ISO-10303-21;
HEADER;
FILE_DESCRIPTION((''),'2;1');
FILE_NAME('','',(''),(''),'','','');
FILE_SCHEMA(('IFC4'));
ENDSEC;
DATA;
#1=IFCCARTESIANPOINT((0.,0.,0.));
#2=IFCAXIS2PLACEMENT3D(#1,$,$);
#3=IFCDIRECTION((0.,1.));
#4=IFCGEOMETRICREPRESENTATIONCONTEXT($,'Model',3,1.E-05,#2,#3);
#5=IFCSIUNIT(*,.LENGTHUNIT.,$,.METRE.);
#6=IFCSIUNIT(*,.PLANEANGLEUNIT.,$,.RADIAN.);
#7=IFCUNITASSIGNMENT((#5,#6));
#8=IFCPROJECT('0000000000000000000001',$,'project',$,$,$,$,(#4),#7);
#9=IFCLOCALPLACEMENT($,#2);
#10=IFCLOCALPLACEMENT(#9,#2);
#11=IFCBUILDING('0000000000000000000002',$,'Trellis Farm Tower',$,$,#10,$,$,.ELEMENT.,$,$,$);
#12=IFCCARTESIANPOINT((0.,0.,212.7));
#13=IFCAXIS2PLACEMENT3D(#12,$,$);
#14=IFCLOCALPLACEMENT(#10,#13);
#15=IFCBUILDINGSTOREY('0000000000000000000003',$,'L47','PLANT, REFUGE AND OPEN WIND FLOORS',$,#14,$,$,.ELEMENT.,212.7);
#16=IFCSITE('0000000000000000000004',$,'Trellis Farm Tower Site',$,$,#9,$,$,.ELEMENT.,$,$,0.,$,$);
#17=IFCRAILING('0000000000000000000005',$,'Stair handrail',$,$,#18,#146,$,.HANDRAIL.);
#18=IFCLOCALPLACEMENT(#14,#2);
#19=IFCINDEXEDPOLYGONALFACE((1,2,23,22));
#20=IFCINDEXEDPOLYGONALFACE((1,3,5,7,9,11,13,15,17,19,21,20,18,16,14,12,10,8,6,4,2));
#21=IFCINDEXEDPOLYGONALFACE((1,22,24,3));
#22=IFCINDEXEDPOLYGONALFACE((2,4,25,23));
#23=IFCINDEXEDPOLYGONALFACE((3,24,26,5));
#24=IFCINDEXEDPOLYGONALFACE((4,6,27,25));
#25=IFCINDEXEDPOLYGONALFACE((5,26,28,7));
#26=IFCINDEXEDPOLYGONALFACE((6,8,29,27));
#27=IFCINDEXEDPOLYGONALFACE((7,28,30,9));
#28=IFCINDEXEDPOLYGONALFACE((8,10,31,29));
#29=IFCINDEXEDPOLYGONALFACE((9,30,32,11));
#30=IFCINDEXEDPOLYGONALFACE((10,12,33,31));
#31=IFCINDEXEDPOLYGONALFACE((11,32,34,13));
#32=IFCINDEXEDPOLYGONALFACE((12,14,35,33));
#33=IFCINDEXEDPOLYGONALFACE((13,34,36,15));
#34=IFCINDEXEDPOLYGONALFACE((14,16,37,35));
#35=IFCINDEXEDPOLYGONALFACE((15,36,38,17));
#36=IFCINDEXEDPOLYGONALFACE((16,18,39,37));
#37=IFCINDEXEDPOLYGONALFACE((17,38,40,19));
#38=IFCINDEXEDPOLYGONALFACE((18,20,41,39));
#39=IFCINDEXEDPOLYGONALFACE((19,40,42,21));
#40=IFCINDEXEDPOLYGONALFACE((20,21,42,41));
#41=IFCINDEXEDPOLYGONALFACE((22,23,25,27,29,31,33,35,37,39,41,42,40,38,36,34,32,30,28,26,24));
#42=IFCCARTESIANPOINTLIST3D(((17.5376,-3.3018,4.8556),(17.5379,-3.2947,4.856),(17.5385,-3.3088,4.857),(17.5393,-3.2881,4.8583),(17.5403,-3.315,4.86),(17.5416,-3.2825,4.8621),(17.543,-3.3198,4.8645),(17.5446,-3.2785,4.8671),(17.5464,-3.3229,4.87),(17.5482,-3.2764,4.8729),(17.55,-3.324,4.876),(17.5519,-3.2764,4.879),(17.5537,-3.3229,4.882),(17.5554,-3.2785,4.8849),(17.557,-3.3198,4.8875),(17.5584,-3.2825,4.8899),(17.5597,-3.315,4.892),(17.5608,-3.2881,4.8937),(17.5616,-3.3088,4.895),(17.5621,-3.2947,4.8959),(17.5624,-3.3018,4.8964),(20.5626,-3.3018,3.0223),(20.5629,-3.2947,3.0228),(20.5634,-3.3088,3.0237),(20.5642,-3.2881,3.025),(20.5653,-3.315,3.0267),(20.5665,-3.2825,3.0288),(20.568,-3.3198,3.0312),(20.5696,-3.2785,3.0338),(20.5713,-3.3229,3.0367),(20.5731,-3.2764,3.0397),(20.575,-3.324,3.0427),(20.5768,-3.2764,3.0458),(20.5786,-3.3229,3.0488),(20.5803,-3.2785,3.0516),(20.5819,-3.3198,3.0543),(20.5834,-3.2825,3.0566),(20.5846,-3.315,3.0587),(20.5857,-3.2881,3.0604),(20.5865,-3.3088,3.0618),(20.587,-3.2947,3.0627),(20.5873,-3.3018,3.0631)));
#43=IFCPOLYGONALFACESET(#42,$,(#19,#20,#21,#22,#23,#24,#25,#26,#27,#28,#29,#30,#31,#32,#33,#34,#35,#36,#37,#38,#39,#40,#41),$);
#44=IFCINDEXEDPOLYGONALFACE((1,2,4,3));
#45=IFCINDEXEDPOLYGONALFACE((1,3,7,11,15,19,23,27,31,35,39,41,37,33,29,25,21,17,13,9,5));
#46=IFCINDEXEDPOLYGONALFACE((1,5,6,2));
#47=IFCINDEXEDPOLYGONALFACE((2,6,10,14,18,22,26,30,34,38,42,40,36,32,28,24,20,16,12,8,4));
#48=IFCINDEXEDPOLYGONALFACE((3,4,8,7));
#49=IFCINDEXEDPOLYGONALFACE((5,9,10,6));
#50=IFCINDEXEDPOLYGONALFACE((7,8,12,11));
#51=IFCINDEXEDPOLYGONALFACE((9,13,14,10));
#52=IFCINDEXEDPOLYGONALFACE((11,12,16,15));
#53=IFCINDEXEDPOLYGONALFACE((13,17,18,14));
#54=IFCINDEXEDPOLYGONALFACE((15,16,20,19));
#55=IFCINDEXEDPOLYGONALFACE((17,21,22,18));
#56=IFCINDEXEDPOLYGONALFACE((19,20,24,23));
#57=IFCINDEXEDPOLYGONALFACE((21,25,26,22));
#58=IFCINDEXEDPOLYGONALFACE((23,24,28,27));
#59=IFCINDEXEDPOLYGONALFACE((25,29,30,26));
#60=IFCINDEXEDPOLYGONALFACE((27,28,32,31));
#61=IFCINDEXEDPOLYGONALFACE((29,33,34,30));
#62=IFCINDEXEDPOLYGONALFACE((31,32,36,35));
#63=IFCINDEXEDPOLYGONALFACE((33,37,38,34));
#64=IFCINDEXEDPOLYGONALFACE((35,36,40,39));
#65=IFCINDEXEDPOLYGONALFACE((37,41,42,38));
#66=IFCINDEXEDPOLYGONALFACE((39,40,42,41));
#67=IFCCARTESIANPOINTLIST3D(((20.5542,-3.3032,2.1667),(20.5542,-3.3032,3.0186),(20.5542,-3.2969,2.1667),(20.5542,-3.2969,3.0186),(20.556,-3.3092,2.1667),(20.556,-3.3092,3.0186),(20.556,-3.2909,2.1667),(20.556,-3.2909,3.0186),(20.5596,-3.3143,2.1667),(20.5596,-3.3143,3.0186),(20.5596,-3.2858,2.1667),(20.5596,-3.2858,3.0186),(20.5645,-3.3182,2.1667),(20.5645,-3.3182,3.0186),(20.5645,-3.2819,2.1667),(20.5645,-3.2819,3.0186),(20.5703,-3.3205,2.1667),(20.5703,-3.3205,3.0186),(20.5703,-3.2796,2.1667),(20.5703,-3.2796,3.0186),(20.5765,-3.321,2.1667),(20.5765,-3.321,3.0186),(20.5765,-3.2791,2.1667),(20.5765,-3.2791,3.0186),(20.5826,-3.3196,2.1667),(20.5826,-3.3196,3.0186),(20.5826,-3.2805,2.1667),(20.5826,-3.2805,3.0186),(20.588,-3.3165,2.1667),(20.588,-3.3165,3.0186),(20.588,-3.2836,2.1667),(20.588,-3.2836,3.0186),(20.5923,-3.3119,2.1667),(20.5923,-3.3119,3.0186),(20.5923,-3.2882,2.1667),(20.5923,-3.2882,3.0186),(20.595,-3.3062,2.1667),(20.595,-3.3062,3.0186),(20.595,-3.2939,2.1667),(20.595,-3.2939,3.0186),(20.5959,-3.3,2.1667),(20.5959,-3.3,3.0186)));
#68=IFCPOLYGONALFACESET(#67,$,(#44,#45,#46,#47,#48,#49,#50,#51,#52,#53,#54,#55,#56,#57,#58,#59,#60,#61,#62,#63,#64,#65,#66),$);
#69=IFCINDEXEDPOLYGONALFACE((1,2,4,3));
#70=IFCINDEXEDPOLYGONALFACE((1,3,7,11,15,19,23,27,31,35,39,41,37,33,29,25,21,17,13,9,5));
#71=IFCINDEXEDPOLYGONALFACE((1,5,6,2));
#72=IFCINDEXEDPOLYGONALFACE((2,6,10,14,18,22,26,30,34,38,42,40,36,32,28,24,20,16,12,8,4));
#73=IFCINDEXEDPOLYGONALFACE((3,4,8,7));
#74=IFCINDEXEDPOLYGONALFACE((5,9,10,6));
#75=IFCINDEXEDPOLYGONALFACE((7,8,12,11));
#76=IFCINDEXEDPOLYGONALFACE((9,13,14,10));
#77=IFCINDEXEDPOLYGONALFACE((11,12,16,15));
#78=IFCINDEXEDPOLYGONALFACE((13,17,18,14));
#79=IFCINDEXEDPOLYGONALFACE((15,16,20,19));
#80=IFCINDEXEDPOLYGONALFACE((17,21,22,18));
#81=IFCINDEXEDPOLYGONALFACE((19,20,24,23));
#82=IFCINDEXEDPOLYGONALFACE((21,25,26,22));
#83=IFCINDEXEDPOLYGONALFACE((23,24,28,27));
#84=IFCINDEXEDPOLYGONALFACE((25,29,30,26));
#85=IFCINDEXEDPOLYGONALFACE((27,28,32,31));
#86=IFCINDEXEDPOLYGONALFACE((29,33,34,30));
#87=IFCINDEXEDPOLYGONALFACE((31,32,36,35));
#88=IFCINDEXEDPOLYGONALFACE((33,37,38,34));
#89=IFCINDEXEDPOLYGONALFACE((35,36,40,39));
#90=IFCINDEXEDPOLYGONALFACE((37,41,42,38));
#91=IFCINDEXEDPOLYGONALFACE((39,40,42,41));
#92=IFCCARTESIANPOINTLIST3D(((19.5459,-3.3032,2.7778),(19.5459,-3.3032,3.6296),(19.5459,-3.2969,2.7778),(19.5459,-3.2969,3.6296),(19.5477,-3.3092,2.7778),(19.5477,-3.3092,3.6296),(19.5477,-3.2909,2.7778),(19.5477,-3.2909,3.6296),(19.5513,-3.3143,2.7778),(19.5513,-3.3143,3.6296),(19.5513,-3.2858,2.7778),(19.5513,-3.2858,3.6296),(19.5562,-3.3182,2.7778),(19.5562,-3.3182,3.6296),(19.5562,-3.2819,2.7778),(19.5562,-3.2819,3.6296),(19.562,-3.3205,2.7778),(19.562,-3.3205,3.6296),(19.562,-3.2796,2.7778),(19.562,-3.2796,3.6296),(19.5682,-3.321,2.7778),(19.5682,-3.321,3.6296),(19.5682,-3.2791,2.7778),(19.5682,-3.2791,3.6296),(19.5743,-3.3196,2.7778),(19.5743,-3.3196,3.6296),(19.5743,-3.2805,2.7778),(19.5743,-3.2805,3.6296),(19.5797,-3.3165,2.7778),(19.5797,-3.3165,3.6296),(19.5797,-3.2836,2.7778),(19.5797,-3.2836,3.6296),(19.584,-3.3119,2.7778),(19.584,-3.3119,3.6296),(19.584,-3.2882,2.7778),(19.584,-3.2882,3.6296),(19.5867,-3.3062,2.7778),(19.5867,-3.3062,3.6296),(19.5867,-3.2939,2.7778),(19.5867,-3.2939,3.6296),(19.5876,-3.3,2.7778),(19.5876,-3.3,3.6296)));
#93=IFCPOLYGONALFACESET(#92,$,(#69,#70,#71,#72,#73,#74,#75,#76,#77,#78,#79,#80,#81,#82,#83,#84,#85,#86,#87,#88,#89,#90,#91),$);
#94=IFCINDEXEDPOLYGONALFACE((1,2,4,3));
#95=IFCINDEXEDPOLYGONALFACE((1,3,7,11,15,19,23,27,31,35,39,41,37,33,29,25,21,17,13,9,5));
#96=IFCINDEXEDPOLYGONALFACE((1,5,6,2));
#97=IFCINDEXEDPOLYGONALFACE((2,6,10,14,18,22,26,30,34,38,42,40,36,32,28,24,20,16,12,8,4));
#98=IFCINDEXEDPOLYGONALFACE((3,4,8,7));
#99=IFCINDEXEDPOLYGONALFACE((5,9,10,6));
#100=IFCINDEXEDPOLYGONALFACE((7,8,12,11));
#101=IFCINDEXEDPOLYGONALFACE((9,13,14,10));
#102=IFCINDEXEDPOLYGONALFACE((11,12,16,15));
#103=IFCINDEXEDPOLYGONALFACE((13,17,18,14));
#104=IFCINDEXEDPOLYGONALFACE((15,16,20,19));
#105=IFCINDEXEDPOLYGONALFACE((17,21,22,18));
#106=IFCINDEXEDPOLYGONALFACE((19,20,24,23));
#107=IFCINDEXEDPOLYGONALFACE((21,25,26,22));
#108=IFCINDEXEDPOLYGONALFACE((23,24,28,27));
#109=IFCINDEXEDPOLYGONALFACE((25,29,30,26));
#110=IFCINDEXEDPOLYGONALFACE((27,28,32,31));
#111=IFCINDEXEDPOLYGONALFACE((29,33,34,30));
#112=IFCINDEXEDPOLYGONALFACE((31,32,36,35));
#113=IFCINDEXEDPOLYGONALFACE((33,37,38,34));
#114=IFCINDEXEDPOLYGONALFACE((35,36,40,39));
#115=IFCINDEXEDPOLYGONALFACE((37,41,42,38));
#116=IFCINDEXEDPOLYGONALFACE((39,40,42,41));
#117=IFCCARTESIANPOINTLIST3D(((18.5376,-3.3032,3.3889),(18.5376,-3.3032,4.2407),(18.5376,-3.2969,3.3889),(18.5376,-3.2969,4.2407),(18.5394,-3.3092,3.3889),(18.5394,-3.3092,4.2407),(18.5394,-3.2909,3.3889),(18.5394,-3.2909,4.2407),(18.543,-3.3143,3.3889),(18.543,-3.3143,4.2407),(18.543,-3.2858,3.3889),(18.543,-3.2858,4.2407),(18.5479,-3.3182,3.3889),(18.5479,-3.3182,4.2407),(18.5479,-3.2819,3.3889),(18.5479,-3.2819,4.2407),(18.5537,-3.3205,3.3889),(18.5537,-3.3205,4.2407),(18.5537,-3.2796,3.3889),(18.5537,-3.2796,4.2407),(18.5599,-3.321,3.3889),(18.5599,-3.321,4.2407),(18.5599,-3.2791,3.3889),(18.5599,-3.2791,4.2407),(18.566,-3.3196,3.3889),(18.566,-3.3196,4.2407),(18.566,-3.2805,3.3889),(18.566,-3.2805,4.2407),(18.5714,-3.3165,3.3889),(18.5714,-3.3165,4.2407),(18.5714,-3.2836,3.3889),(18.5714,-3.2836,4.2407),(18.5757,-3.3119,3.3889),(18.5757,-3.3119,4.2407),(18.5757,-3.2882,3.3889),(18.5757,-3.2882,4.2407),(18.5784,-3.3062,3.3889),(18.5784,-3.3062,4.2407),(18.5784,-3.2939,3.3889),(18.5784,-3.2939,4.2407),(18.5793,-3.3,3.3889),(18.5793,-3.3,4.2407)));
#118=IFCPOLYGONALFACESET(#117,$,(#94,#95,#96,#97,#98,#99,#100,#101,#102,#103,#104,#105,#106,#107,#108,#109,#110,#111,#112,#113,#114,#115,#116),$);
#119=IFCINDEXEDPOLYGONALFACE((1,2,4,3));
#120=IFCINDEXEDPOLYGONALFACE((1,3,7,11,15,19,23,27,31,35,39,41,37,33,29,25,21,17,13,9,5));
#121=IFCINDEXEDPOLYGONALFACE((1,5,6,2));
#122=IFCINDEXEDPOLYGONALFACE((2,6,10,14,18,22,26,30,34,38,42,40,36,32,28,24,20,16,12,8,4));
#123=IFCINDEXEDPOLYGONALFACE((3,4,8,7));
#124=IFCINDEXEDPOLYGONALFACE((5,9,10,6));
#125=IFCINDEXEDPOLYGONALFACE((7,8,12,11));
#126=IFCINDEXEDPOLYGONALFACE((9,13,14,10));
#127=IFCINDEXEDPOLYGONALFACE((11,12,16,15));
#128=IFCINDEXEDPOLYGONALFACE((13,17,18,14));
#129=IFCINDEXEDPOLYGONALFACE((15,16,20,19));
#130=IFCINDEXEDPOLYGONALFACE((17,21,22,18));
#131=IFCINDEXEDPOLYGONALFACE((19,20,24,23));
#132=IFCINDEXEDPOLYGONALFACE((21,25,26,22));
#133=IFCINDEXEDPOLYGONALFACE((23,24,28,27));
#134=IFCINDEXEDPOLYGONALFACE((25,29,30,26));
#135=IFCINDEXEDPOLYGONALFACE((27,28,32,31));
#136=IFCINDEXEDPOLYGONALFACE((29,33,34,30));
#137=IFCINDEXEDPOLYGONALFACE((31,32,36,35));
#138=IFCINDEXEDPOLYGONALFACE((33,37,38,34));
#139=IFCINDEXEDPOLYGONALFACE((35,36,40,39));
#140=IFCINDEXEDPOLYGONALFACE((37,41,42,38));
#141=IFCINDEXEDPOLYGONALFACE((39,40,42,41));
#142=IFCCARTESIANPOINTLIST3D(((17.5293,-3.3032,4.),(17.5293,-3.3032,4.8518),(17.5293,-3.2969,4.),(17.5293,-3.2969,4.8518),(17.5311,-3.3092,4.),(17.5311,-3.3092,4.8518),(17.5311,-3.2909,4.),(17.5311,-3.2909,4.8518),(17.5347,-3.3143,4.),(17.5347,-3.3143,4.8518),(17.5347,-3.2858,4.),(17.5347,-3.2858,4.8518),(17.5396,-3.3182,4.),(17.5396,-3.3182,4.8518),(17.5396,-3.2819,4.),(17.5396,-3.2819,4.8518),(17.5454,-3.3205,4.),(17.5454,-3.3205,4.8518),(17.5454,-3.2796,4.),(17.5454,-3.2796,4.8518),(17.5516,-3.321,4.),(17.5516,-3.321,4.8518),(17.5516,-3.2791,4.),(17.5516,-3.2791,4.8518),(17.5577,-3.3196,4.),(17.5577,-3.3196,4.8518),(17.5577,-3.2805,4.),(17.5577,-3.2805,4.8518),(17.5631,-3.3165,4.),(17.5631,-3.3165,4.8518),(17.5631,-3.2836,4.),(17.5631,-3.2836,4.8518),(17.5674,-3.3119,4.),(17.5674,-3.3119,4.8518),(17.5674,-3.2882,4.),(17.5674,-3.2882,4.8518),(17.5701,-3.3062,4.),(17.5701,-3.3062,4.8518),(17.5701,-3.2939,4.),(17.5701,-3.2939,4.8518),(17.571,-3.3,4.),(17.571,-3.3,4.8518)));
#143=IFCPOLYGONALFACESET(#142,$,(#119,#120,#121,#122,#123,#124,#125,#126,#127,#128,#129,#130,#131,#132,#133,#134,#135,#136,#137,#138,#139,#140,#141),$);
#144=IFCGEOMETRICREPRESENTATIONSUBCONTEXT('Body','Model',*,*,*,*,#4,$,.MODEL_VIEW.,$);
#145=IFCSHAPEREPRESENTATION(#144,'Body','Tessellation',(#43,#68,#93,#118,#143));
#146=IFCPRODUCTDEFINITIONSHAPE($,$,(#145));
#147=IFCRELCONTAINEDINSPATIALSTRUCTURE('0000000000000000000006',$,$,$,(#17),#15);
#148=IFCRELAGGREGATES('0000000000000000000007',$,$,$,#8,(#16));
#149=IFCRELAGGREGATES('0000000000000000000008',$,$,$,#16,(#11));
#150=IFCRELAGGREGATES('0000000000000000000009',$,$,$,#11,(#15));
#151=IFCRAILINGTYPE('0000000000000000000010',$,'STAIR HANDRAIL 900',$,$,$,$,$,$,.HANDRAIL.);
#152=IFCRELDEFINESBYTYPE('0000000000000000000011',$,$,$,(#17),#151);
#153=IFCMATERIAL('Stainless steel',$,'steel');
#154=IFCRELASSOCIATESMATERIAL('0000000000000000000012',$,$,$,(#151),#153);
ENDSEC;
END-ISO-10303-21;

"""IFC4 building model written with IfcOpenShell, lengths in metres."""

from ifc_helpers import new_model, si_unit, direction, frame, origin, origin_2d, place, context, subcontext, project, spatial, circle, extrude, source, transform, mapped, material, type_object, element, save


model = new_model("IFC4")

# Units and contexts
model_context = context("Model", 3, precision=1e-05, world=origin(), true_north=direction((0.0, 1.0)))
body_context = subcontext(model_context, "Body", "Model", "MODEL_VIEW")
ifc_project = project(units=[si_unit("LENGTHUNIT", "METRE"), si_unit("PLANEANGLEUNIT", "RADIAN")], contexts=[model_context])

# Site, building, storey
site_placement = place(None, origin())
site = spatial("IfcSite", under=ifc_project, at=site_placement, Name="Trellis Farm Tower Site", CompositionType="ELEMENT", RefElevation=0.0)
building_placement = place(site_placement, origin())
building = spatial("IfcBuilding", under=site, at=building_placement, Name="Trellis Farm Tower", CompositionType="ELEMENT")
storey_placement = place(building_placement, frame((0.0, 0.0, 212.7)))
storey = spatial("IfcBuildingStorey", under=building, at=storey_placement, Name="L47", Description="PLANT, REFUGE AND OPEN WIND FLOORS", CompositionType="ELEMENT", Elevation=212.7)

# Railing
ifc_material_1 = material(Name="Stainless steel", Category="steel")
railing_type = type_object("IfcRailingType", Name="STAIR HANDRAIL 900", PredefinedType="HANDRAIL", material=ifc_material_1)
shared_shape_1 = source(origin(), body_context, "Body", "SweptSolid", [
    extrude(circle(Radius=0.0239, at=origin_2d()), frame((0.0, 0.0, 0.876), z_axis=(-0.855201, 0.0, 0.518297), x_axis=(0.0, -1.0, 0.0)), (0.0, 0.0, 1.0), 3.5371),
    extrude(circle(Radius=0.021, at=origin_2d()), origin(), (0.0, 0.0, 1.0), 0.8518),
    extrude(circle(Radius=0.021, at=origin_2d()), frame((-1.0083, 0.0, 0.6111)), (0.0, 0.0, 1.0), 0.8518),
    extrude(circle(Radius=0.021, at=origin_2d()), frame((-2.0166, 0.0, 1.2222)), (0.0, 0.0, 1.0), 0.8518),
    extrude(circle(Radius=0.021, at=origin_2d()), frame((-3.0249, 0.0, 1.8333)), (0.0, 0.0, 1.0), 0.8518),
])
for number, where, name in (
    (1, (20.575, -3.3, 2.1667), "Stair handrail"),
):
    element("IfcRailing", number, at=place(storey_placement, frame(where)), inside=storey, type_object=railing_type, Name=name, PredefinedType="HANDRAIL", context=body_context, shape_type="MappedRepresentation", body=[
        mapped(shared_shape_1, transform((0.0, 0.0, 0.0))),
    ])

save(model, "model.ifc")
